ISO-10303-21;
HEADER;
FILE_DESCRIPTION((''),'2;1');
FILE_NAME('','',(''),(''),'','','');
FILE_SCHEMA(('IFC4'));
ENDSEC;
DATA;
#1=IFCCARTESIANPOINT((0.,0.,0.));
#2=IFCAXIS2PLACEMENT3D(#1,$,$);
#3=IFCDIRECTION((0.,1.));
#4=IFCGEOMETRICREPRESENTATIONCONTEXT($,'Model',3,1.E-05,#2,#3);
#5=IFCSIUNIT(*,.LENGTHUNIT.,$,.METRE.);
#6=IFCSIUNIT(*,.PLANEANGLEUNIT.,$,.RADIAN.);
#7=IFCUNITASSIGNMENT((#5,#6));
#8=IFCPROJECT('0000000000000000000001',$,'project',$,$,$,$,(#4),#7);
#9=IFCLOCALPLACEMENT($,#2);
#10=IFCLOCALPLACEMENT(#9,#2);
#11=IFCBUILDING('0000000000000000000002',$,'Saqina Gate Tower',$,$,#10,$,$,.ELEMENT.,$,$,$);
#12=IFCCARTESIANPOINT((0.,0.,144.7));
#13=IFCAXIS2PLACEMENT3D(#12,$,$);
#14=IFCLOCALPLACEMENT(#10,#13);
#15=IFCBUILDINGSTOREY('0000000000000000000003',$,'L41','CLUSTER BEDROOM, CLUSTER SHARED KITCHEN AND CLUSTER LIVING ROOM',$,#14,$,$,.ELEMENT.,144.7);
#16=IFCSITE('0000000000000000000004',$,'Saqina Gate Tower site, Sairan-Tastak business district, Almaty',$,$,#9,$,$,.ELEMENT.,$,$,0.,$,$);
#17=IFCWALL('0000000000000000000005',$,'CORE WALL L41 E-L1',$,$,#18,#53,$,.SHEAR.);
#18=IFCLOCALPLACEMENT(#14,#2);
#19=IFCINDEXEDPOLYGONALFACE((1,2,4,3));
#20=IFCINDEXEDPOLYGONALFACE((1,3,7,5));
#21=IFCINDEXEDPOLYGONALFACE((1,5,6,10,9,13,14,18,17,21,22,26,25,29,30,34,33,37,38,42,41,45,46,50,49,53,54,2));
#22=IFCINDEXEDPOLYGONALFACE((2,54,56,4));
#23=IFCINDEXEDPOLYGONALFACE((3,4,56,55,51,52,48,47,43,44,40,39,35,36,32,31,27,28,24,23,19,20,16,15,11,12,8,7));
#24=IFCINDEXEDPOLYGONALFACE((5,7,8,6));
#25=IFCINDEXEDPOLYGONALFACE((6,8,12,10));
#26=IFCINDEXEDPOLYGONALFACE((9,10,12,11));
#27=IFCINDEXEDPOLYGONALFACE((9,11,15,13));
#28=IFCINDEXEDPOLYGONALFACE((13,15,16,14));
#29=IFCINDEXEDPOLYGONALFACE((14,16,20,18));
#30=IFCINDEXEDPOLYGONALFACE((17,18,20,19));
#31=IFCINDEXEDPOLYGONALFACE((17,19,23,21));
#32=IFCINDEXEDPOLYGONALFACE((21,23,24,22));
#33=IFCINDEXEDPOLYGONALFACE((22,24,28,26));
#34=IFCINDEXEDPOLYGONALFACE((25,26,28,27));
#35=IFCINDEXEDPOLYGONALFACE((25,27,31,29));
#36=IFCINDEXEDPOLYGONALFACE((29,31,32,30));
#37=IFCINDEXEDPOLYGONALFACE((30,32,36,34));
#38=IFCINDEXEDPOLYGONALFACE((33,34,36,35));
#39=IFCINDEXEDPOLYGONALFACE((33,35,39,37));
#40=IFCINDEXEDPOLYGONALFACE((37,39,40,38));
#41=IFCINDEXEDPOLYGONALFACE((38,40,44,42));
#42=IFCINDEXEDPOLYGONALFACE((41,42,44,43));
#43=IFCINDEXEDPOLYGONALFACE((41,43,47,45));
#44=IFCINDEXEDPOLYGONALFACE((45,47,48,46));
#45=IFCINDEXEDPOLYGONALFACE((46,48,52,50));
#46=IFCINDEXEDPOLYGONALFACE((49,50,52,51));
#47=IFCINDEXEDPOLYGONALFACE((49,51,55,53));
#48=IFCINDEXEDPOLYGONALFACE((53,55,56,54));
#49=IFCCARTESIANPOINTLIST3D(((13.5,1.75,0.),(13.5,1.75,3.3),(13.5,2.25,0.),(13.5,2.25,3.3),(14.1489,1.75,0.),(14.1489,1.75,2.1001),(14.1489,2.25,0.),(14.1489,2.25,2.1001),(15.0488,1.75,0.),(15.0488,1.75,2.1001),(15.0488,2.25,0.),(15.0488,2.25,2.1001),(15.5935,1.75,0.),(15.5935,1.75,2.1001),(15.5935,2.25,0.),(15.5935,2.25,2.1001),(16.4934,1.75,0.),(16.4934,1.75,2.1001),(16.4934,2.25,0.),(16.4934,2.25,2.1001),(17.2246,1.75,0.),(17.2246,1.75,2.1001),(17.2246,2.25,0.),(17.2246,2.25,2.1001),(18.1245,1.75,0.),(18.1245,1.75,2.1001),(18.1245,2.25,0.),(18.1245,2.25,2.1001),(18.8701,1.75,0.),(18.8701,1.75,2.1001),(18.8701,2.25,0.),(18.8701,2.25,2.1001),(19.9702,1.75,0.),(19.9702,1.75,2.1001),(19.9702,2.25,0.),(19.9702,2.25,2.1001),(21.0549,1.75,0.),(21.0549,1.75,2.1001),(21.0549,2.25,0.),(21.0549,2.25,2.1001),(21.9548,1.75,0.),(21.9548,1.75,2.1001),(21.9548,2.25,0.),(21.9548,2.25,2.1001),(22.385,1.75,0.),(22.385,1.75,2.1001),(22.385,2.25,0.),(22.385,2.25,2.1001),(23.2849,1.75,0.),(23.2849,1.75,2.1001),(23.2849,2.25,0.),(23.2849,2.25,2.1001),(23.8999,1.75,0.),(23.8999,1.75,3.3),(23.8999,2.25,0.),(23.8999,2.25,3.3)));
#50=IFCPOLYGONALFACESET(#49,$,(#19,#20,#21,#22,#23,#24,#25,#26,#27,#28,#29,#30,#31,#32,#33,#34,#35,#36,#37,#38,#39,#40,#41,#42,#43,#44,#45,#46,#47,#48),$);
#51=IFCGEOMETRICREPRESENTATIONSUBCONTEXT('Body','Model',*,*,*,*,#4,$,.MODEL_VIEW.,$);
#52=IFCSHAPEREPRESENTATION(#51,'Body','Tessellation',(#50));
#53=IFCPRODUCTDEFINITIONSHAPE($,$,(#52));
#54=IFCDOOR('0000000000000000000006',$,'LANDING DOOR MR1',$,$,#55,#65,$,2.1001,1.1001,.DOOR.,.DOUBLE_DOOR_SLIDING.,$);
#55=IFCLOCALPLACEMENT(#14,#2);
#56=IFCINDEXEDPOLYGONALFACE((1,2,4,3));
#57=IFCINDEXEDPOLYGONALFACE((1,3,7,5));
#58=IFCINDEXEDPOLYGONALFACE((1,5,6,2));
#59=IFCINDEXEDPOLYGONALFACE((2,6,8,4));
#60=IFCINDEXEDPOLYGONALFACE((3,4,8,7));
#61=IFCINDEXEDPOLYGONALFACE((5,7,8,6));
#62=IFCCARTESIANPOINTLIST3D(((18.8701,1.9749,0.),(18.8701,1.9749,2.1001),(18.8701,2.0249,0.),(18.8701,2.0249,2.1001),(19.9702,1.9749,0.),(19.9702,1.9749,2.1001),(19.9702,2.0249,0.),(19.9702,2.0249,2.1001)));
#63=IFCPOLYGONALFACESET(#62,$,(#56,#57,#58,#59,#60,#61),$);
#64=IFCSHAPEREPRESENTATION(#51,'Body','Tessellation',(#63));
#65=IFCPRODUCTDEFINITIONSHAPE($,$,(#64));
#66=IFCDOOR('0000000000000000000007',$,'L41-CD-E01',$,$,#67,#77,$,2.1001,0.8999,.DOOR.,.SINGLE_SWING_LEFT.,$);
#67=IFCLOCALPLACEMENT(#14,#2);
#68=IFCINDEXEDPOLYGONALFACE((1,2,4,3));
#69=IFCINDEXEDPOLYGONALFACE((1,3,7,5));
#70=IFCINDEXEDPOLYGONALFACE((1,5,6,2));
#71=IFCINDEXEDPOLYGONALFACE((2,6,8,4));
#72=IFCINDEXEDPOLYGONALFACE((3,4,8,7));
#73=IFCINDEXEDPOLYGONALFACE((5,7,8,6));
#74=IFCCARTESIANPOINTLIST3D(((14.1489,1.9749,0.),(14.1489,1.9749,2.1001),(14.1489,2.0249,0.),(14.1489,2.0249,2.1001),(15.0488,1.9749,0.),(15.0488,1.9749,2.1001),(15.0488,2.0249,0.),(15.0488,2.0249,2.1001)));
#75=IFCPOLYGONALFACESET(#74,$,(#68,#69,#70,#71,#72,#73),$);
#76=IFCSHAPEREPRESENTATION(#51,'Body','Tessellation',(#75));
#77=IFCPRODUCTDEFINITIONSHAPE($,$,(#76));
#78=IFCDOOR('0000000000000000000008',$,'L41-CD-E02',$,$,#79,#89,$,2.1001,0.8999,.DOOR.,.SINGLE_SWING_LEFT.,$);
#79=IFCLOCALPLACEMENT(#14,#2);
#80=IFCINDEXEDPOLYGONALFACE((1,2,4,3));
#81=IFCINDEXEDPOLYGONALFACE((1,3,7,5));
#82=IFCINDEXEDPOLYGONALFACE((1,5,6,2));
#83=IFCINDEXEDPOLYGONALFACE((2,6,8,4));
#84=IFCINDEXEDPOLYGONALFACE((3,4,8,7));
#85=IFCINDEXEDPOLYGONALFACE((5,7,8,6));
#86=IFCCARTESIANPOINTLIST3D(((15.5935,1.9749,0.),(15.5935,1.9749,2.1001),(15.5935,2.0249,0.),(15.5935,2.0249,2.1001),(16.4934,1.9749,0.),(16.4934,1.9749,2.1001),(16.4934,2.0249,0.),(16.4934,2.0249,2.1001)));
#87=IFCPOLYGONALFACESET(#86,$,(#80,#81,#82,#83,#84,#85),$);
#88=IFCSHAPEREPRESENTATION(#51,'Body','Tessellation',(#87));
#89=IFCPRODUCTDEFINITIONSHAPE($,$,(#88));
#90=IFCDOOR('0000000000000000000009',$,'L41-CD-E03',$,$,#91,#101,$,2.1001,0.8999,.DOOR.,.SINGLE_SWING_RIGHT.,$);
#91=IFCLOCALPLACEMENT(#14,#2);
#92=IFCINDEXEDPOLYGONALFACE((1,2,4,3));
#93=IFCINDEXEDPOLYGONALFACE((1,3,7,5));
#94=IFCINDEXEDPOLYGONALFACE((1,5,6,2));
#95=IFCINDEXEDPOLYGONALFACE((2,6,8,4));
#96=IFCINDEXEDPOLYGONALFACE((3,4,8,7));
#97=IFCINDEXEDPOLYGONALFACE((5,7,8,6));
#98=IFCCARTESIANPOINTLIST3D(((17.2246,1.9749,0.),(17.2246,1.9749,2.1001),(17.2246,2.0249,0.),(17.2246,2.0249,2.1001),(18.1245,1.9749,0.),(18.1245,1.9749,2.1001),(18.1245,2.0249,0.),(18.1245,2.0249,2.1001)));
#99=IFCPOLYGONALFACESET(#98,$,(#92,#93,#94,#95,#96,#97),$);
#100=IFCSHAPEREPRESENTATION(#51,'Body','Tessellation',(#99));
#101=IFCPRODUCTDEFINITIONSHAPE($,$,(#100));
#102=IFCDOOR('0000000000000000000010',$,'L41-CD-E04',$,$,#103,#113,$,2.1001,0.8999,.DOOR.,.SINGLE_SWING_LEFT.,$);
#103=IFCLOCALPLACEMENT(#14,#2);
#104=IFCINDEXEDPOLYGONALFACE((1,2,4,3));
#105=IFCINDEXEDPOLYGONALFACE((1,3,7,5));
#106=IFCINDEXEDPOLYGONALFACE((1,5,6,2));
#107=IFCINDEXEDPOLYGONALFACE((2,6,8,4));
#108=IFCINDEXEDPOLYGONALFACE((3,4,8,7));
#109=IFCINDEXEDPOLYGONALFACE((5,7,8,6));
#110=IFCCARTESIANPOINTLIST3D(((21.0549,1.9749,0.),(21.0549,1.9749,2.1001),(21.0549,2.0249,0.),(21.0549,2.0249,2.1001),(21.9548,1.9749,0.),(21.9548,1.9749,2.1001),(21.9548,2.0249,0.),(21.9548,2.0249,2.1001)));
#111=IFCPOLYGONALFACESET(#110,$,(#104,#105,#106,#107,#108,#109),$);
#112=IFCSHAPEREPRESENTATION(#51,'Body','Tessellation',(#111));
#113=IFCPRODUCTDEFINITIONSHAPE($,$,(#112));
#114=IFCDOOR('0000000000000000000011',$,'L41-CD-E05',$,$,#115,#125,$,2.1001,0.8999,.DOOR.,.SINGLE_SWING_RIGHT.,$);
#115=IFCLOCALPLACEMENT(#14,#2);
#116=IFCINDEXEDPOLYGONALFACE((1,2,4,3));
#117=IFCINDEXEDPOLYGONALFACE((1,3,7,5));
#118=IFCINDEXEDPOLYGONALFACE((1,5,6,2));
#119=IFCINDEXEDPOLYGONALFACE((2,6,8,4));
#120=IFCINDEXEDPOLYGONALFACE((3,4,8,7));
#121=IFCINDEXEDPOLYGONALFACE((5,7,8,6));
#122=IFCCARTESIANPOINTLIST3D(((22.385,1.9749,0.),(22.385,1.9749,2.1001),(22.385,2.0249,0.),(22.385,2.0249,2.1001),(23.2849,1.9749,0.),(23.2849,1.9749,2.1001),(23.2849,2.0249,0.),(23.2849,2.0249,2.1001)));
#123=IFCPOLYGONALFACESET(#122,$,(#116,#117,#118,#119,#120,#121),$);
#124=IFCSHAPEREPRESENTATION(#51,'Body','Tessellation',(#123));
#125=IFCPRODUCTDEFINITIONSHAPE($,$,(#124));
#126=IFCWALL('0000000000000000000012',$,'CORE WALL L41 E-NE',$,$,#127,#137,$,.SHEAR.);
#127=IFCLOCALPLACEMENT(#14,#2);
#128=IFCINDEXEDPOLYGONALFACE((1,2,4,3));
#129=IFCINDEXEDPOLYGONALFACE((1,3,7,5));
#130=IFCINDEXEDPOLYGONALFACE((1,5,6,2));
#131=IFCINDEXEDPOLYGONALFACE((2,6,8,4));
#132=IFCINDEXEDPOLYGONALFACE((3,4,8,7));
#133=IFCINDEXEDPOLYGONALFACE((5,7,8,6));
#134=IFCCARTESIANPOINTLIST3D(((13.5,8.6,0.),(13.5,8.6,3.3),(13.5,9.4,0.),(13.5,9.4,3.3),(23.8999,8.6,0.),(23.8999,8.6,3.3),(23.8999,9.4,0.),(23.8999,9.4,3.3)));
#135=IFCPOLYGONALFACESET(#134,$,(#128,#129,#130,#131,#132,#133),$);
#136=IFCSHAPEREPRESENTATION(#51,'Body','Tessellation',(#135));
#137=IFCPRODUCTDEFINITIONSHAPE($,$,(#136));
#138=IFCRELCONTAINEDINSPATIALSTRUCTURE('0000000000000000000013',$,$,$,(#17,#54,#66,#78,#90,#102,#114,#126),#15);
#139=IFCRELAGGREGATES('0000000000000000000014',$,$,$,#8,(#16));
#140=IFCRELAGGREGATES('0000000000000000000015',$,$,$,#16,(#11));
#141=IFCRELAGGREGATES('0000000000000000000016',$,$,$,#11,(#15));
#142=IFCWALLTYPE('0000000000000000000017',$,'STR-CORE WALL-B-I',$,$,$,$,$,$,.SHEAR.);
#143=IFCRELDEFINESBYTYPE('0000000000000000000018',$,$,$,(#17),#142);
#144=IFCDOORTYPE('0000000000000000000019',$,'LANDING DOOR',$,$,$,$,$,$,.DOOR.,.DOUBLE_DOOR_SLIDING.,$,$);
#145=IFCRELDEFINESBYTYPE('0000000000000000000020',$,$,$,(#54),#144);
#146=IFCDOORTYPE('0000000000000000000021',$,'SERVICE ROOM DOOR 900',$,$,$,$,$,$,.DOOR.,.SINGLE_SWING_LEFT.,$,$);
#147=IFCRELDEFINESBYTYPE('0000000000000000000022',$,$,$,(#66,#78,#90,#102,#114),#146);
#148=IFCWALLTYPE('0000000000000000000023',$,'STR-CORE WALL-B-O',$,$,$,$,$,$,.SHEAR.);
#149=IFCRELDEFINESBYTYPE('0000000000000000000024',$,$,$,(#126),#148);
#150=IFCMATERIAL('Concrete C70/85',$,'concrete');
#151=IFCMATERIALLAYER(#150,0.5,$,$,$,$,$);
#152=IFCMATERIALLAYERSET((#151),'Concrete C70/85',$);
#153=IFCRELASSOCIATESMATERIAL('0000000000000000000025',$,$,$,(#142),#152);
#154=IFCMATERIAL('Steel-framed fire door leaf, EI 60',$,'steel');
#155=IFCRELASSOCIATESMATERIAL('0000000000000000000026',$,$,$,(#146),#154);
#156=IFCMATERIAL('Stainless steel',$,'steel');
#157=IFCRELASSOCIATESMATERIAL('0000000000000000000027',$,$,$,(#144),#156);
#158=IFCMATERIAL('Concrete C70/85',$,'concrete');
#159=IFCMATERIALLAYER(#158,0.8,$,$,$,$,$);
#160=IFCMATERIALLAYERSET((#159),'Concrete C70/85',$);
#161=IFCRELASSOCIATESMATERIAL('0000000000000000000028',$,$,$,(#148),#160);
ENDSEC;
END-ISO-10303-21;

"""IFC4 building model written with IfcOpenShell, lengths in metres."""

from ifc_helpers import new_model, si_unit, direction, frame, frame_2d, origin, place, context, subcontext, project, spatial, rectangle, extrude, material, layer, layer_set, type_object, element, fill, save


model = new_model("IFC4")

# Units and contexts
model_context = context("Model", 3, precision=1e-05, world=origin(), true_north=direction((0.0, 1.0)))
body_context = subcontext(model_context, "Body", "Model", "MODEL_VIEW")
ifc_project = project(units=[si_unit("LENGTHUNIT", "METRE"), si_unit("PLANEANGLEUNIT", "RADIAN")], contexts=[model_context])

# Site, building, storey
site_placement = place(None, origin())
site = spatial("IfcSite", under=ifc_project, at=site_placement, Name="Saqina Gate Tower site, Sairan-Tastak business district, Almaty", CompositionType="ELEMENT", RefElevation=0.0)
building_placement = place(site_placement, origin())
building = spatial("IfcBuilding", under=site, at=building_placement, Name="Saqina Gate Tower", CompositionType="ELEMENT")
storey_placement = place(building_placement, frame((0.0, 0.0, 144.7)))
storey = spatial("IfcBuildingStorey", under=building, at=storey_placement, Name="L41", Description="CLUSTER BEDROOM, CLUSTER SHARED KITCHEN AND CLUSTER LIVING ROOM", CompositionType="ELEMENT", Elevation=144.7)

# Shared definitions
ifc_material_1 = material(Name="Concrete C70/85", Category="concrete")
ifc_layer_1 = layer(ifc_material_1, 0.5)
ifc_layer_set_1 = layer_set([ifc_layer_1], Name="Concrete C70/85")
wall_type_1 = type_object("IfcWallType", Name="STR-CORE WALL-B-I", PredefinedType="SHEAR", material=ifc_layer_set_1)
ifc_material_2 = material(Name="Steel-framed fire door leaf, EI 60", Category="steel")
door_type_1 = type_object("IfcDoorType", Name="SERVICE ROOM DOOR 900", OperationType="SINGLE_SWING_LEFT", PredefinedType="DOOR", material=ifc_material_2)

# Wall, openings, doors
wall_1_placement = place(storey_placement, frame((13.5, 2.0, 0.0), z_axis=(0.0, 0.0, 1.0), x_axis=(1.0, 0.0, 0.0)))
wall_1 = element("IfcWall", 1, at=wall_1_placement, inside=storey, type_object=wall_type_1, Name="CORE WALL L41 E-L1", PredefinedType="SHEAR", context=body_context, shape_type="SweptSolid", body=[
    extrude(rectangle(XDim=10.3999, YDim=0.5, at=frame_2d((5.2, 0.0))), origin(), (0.0, 0.0, 1.0), 3.3),
])
opening_1_placement = place(wall_1_placement, frame((5.3701, 0.0, 0.0)))
opening_1 = element("IfcOpeningElement", 2, at=opening_1_placement, cuts=wall_1, PredefinedType="OPENING", context=body_context, shape_type="SweptSolid", body=[
    extrude(rectangle(XDim=1.1001, YDim=2.1001, at=frame_2d((0.55, 1.05))), frame((0.0, 0.262, 0.0), z_axis=(0.0, -1.0, 0.0), x_axis=(1.0, 0.0, 0.0)), (0.0, 0.0, 1.0), 0.5239),
])
opening_2_placement = place(wall_1_placement, frame((0.6489, 0.0, 0.0)))
opening_2 = element("IfcOpeningElement", 3, at=opening_2_placement, cuts=wall_1, PredefinedType="OPENING", context=body_context, shape_type="SweptSolid", body=[
    extrude(rectangle(XDim=0.8999, YDim=2.1001, at=frame_2d((0.45, 1.05))), frame((0.0, 0.262, 0.0), z_axis=(0.0, -1.0, 0.0), x_axis=(1.0, 0.0, 0.0)), (0.0, 0.0, 1.0), 0.5239),
])
opening_3_placement = place(wall_1_placement, frame((2.0935, 0.0, 0.0)))
opening_3 = element("IfcOpeningElement", 4, at=opening_3_placement, cuts=wall_1, PredefinedType="OPENING", context=body_context, shape_type="SweptSolid", body=[
    extrude(rectangle(XDim=0.8999, YDim=2.1001, at=frame_2d((0.45, 1.05))), frame((0.0, 0.262, 0.0), z_axis=(0.0, -1.0, 0.0), x_axis=(1.0, 0.0, 0.0)), (0.0, 0.0, 1.0), 0.5239),
])
opening_4_placement = place(wall_1_placement, frame((3.7246, 0.0, 0.0)))
opening_4 = element("IfcOpeningElement", 5, at=opening_4_placement, cuts=wall_1, PredefinedType="OPENING", context=body_context, shape_type="SweptSolid", body=[
    extrude(rectangle(XDim=0.8999, YDim=2.1001, at=frame_2d((0.45, 1.05))), frame((0.0, 0.262, 0.0), z_axis=(0.0, -1.0, 0.0), x_axis=(1.0, 0.0, 0.0)), (0.0, 0.0, 1.0), 0.5239),
])
opening_5_placement = place(wall_1_placement, frame((7.5549, 0.0, 0.0)))
opening_5 = element("IfcOpeningElement", 6, at=opening_5_placement, cuts=wall_1, PredefinedType="OPENING", context=body_context, shape_type="SweptSolid", body=[
    extrude(rectangle(XDim=0.8999, YDim=2.1001, at=frame_2d((0.45, 1.05))), frame((0.0, 0.262, 0.0), z_axis=(0.0, -1.0, 0.0), x_axis=(1.0, 0.0, 0.0)), (0.0, 0.0, 1.0), 0.5239),
])
opening_6_placement = place(wall_1_placement, frame((8.885, 0.0, 0.0)))
opening_6 = element("IfcOpeningElement", 7, at=opening_6_placement, cuts=wall_1, PredefinedType="OPENING", context=body_context, shape_type="SweptSolid", body=[
    extrude(rectangle(XDim=0.8999, YDim=2.1001, at=frame_2d((0.45, 1.05))), frame((0.0, 0.262, 0.0), z_axis=(0.0, -1.0, 0.0), x_axis=(1.0, 0.0, 0.0)), (0.0, 0.0, 1.0), 0.5239),
])
ifc_material_3 = material(Name="Stainless steel", Category="steel")
door_type_2 = type_object("IfcDoorType", Name="LANDING DOOR", OperationType="DOUBLE_DOOR_SLIDING", PredefinedType="DOOR", material=ifc_material_3)
door_1_placement = place(opening_1_placement, origin())
door_1 = element("IfcDoor", 8, at=door_1_placement, inside=storey, type_object=door_type_2, Name="LANDING DOOR MR1", OperationType="DOUBLE_DOOR_SLIDING", OverallHeight=2.1001, OverallWidth=1.1001, PredefinedType="DOOR", context=body_context, shape_type="SweptSolid", body=[
    extrude(rectangle(XDim=1.1001, YDim=2.1001, at=frame_2d((0.55, 1.05))), frame((0.0, 0.0249, 0.0), z_axis=(0.0, -1.0, 0.0), x_axis=(1.0, 0.0, 0.0)), (0.0, 0.0, 1.0), 0.05),
])
fill(opening_1, door_1)
door_2_placement = place(opening_2_placement, origin())
door_2 = element("IfcDoor", 9, at=door_2_placement, inside=storey, type_object=door_type_1, Name="L41-CD-E01", OperationType="SINGLE_SWING_LEFT", OverallHeight=2.1001, OverallWidth=0.8999, PredefinedType="DOOR", context=body_context, shape_type="SweptSolid", body=[
    extrude(rectangle(XDim=0.8999, YDim=2.1001, at=frame_2d((0.45, 1.05))), frame((0.0, 0.0249, 0.0), z_axis=(0.0, -1.0, 0.0), x_axis=(1.0, 0.0, 0.0)), (0.0, 0.0, 1.0), 0.05),
])
fill(opening_2, door_2)
door_3_placement = place(opening_3_placement, origin())
door_3 = element("IfcDoor", 10, at=door_3_placement, inside=storey, type_object=door_type_1, Name="L41-CD-E02", OperationType="SINGLE_SWING_LEFT", OverallHeight=2.1001, OverallWidth=0.8999, PredefinedType="DOOR", context=body_context, shape_type="SweptSolid", body=[
    extrude(rectangle(XDim=0.8999, YDim=2.1001, at=frame_2d((0.45, 1.05))), frame((0.0, 0.0249, 0.0), z_axis=(0.0, -1.0, 0.0), x_axis=(1.0, 0.0, 0.0)), (0.0, 0.0, 1.0), 0.05),
])
fill(opening_3, door_3)
door_4_placement = place(opening_4_placement, origin())
door_4 = element("IfcDoor", 11, at=door_4_placement, inside=storey, type_object=door_type_1, Name="L41-CD-E03", OperationType="SINGLE_SWING_RIGHT", OverallHeight=2.1001, OverallWidth=0.8999, PredefinedType="DOOR", context=body_context, shape_type="SweptSolid", body=[
    extrude(rectangle(XDim=0.8999, YDim=2.1001, at=frame_2d((0.45, 1.05))), frame((0.0, 0.0249, 0.0), z_axis=(0.0, -1.0, 0.0), x_axis=(1.0, 0.0, 0.0)), (0.0, 0.0, 1.0), 0.05),
])
fill(opening_4, door_4)
door_5_placement = place(opening_5_placement, origin())
door_5 = element("IfcDoor", 12, at=door_5_placement, inside=storey, type_object=door_type_1, Name="L41-CD-E04", OperationType="SINGLE_SWING_LEFT", OverallHeight=2.1001, OverallWidth=0.8999, PredefinedType="DOOR", context=body_context, shape_type="SweptSolid", body=[
    extrude(rectangle(XDim=0.8999, YDim=2.1001, at=frame_2d((0.45, 1.05))), frame((0.0, 0.0249, 0.0), z_axis=(0.0, -1.0, 0.0), x_axis=(1.0, 0.0, 0.0)), (0.0, 0.0, 1.0), 0.05),
])
fill(opening_5, door_5)
door_6_placement = place(opening_6_placement, origin())
door_6 = element("IfcDoor", 13, at=door_6_placement, inside=storey, type_object=door_type_1, Name="L41-CD-E05", OperationType="SINGLE_SWING_RIGHT", OverallHeight=2.1001, OverallWidth=0.8999, PredefinedType="DOOR", context=body_context, shape_type="SweptSolid", body=[
    extrude(rectangle(XDim=0.8999, YDim=2.1001, at=frame_2d((0.45, 1.05))), frame((0.0, 0.0249, 0.0), z_axis=(0.0, -1.0, 0.0), x_axis=(1.0, 0.0, 0.0)), (0.0, 0.0, 1.0), 0.05),
])
fill(opening_6, door_6)

# Wall
ifc_material_4 = material(Name="Concrete C70/85", Category="concrete")
ifc_layer_2 = layer(ifc_material_4, 0.8)
ifc_layer_set_2 = layer_set([ifc_layer_2], Name="Concrete C70/85")
wall_type_2 = type_object("IfcWallType", Name="STR-CORE WALL-B-O", PredefinedType="SHEAR", material=ifc_layer_set_2)
wall_2_placement = place(storey_placement, frame((13.5, 9.0, 0.0), z_axis=(0.0, 0.0, 1.0), x_axis=(1.0, 0.0, 0.0)))
element("IfcWall", 14, at=wall_2_placement, inside=storey, type_object=wall_type_2, Name="CORE WALL L41 E-NE", PredefinedType="SHEAR", context=body_context, shape_type="SweptSolid", body=[
    extrude(rectangle(XDim=10.3999, YDim=0.8, at=frame_2d((5.2, 0.0))), origin(), (0.0, 0.0, 1.0), 3.3),
])

save(model, "model.ifc")
